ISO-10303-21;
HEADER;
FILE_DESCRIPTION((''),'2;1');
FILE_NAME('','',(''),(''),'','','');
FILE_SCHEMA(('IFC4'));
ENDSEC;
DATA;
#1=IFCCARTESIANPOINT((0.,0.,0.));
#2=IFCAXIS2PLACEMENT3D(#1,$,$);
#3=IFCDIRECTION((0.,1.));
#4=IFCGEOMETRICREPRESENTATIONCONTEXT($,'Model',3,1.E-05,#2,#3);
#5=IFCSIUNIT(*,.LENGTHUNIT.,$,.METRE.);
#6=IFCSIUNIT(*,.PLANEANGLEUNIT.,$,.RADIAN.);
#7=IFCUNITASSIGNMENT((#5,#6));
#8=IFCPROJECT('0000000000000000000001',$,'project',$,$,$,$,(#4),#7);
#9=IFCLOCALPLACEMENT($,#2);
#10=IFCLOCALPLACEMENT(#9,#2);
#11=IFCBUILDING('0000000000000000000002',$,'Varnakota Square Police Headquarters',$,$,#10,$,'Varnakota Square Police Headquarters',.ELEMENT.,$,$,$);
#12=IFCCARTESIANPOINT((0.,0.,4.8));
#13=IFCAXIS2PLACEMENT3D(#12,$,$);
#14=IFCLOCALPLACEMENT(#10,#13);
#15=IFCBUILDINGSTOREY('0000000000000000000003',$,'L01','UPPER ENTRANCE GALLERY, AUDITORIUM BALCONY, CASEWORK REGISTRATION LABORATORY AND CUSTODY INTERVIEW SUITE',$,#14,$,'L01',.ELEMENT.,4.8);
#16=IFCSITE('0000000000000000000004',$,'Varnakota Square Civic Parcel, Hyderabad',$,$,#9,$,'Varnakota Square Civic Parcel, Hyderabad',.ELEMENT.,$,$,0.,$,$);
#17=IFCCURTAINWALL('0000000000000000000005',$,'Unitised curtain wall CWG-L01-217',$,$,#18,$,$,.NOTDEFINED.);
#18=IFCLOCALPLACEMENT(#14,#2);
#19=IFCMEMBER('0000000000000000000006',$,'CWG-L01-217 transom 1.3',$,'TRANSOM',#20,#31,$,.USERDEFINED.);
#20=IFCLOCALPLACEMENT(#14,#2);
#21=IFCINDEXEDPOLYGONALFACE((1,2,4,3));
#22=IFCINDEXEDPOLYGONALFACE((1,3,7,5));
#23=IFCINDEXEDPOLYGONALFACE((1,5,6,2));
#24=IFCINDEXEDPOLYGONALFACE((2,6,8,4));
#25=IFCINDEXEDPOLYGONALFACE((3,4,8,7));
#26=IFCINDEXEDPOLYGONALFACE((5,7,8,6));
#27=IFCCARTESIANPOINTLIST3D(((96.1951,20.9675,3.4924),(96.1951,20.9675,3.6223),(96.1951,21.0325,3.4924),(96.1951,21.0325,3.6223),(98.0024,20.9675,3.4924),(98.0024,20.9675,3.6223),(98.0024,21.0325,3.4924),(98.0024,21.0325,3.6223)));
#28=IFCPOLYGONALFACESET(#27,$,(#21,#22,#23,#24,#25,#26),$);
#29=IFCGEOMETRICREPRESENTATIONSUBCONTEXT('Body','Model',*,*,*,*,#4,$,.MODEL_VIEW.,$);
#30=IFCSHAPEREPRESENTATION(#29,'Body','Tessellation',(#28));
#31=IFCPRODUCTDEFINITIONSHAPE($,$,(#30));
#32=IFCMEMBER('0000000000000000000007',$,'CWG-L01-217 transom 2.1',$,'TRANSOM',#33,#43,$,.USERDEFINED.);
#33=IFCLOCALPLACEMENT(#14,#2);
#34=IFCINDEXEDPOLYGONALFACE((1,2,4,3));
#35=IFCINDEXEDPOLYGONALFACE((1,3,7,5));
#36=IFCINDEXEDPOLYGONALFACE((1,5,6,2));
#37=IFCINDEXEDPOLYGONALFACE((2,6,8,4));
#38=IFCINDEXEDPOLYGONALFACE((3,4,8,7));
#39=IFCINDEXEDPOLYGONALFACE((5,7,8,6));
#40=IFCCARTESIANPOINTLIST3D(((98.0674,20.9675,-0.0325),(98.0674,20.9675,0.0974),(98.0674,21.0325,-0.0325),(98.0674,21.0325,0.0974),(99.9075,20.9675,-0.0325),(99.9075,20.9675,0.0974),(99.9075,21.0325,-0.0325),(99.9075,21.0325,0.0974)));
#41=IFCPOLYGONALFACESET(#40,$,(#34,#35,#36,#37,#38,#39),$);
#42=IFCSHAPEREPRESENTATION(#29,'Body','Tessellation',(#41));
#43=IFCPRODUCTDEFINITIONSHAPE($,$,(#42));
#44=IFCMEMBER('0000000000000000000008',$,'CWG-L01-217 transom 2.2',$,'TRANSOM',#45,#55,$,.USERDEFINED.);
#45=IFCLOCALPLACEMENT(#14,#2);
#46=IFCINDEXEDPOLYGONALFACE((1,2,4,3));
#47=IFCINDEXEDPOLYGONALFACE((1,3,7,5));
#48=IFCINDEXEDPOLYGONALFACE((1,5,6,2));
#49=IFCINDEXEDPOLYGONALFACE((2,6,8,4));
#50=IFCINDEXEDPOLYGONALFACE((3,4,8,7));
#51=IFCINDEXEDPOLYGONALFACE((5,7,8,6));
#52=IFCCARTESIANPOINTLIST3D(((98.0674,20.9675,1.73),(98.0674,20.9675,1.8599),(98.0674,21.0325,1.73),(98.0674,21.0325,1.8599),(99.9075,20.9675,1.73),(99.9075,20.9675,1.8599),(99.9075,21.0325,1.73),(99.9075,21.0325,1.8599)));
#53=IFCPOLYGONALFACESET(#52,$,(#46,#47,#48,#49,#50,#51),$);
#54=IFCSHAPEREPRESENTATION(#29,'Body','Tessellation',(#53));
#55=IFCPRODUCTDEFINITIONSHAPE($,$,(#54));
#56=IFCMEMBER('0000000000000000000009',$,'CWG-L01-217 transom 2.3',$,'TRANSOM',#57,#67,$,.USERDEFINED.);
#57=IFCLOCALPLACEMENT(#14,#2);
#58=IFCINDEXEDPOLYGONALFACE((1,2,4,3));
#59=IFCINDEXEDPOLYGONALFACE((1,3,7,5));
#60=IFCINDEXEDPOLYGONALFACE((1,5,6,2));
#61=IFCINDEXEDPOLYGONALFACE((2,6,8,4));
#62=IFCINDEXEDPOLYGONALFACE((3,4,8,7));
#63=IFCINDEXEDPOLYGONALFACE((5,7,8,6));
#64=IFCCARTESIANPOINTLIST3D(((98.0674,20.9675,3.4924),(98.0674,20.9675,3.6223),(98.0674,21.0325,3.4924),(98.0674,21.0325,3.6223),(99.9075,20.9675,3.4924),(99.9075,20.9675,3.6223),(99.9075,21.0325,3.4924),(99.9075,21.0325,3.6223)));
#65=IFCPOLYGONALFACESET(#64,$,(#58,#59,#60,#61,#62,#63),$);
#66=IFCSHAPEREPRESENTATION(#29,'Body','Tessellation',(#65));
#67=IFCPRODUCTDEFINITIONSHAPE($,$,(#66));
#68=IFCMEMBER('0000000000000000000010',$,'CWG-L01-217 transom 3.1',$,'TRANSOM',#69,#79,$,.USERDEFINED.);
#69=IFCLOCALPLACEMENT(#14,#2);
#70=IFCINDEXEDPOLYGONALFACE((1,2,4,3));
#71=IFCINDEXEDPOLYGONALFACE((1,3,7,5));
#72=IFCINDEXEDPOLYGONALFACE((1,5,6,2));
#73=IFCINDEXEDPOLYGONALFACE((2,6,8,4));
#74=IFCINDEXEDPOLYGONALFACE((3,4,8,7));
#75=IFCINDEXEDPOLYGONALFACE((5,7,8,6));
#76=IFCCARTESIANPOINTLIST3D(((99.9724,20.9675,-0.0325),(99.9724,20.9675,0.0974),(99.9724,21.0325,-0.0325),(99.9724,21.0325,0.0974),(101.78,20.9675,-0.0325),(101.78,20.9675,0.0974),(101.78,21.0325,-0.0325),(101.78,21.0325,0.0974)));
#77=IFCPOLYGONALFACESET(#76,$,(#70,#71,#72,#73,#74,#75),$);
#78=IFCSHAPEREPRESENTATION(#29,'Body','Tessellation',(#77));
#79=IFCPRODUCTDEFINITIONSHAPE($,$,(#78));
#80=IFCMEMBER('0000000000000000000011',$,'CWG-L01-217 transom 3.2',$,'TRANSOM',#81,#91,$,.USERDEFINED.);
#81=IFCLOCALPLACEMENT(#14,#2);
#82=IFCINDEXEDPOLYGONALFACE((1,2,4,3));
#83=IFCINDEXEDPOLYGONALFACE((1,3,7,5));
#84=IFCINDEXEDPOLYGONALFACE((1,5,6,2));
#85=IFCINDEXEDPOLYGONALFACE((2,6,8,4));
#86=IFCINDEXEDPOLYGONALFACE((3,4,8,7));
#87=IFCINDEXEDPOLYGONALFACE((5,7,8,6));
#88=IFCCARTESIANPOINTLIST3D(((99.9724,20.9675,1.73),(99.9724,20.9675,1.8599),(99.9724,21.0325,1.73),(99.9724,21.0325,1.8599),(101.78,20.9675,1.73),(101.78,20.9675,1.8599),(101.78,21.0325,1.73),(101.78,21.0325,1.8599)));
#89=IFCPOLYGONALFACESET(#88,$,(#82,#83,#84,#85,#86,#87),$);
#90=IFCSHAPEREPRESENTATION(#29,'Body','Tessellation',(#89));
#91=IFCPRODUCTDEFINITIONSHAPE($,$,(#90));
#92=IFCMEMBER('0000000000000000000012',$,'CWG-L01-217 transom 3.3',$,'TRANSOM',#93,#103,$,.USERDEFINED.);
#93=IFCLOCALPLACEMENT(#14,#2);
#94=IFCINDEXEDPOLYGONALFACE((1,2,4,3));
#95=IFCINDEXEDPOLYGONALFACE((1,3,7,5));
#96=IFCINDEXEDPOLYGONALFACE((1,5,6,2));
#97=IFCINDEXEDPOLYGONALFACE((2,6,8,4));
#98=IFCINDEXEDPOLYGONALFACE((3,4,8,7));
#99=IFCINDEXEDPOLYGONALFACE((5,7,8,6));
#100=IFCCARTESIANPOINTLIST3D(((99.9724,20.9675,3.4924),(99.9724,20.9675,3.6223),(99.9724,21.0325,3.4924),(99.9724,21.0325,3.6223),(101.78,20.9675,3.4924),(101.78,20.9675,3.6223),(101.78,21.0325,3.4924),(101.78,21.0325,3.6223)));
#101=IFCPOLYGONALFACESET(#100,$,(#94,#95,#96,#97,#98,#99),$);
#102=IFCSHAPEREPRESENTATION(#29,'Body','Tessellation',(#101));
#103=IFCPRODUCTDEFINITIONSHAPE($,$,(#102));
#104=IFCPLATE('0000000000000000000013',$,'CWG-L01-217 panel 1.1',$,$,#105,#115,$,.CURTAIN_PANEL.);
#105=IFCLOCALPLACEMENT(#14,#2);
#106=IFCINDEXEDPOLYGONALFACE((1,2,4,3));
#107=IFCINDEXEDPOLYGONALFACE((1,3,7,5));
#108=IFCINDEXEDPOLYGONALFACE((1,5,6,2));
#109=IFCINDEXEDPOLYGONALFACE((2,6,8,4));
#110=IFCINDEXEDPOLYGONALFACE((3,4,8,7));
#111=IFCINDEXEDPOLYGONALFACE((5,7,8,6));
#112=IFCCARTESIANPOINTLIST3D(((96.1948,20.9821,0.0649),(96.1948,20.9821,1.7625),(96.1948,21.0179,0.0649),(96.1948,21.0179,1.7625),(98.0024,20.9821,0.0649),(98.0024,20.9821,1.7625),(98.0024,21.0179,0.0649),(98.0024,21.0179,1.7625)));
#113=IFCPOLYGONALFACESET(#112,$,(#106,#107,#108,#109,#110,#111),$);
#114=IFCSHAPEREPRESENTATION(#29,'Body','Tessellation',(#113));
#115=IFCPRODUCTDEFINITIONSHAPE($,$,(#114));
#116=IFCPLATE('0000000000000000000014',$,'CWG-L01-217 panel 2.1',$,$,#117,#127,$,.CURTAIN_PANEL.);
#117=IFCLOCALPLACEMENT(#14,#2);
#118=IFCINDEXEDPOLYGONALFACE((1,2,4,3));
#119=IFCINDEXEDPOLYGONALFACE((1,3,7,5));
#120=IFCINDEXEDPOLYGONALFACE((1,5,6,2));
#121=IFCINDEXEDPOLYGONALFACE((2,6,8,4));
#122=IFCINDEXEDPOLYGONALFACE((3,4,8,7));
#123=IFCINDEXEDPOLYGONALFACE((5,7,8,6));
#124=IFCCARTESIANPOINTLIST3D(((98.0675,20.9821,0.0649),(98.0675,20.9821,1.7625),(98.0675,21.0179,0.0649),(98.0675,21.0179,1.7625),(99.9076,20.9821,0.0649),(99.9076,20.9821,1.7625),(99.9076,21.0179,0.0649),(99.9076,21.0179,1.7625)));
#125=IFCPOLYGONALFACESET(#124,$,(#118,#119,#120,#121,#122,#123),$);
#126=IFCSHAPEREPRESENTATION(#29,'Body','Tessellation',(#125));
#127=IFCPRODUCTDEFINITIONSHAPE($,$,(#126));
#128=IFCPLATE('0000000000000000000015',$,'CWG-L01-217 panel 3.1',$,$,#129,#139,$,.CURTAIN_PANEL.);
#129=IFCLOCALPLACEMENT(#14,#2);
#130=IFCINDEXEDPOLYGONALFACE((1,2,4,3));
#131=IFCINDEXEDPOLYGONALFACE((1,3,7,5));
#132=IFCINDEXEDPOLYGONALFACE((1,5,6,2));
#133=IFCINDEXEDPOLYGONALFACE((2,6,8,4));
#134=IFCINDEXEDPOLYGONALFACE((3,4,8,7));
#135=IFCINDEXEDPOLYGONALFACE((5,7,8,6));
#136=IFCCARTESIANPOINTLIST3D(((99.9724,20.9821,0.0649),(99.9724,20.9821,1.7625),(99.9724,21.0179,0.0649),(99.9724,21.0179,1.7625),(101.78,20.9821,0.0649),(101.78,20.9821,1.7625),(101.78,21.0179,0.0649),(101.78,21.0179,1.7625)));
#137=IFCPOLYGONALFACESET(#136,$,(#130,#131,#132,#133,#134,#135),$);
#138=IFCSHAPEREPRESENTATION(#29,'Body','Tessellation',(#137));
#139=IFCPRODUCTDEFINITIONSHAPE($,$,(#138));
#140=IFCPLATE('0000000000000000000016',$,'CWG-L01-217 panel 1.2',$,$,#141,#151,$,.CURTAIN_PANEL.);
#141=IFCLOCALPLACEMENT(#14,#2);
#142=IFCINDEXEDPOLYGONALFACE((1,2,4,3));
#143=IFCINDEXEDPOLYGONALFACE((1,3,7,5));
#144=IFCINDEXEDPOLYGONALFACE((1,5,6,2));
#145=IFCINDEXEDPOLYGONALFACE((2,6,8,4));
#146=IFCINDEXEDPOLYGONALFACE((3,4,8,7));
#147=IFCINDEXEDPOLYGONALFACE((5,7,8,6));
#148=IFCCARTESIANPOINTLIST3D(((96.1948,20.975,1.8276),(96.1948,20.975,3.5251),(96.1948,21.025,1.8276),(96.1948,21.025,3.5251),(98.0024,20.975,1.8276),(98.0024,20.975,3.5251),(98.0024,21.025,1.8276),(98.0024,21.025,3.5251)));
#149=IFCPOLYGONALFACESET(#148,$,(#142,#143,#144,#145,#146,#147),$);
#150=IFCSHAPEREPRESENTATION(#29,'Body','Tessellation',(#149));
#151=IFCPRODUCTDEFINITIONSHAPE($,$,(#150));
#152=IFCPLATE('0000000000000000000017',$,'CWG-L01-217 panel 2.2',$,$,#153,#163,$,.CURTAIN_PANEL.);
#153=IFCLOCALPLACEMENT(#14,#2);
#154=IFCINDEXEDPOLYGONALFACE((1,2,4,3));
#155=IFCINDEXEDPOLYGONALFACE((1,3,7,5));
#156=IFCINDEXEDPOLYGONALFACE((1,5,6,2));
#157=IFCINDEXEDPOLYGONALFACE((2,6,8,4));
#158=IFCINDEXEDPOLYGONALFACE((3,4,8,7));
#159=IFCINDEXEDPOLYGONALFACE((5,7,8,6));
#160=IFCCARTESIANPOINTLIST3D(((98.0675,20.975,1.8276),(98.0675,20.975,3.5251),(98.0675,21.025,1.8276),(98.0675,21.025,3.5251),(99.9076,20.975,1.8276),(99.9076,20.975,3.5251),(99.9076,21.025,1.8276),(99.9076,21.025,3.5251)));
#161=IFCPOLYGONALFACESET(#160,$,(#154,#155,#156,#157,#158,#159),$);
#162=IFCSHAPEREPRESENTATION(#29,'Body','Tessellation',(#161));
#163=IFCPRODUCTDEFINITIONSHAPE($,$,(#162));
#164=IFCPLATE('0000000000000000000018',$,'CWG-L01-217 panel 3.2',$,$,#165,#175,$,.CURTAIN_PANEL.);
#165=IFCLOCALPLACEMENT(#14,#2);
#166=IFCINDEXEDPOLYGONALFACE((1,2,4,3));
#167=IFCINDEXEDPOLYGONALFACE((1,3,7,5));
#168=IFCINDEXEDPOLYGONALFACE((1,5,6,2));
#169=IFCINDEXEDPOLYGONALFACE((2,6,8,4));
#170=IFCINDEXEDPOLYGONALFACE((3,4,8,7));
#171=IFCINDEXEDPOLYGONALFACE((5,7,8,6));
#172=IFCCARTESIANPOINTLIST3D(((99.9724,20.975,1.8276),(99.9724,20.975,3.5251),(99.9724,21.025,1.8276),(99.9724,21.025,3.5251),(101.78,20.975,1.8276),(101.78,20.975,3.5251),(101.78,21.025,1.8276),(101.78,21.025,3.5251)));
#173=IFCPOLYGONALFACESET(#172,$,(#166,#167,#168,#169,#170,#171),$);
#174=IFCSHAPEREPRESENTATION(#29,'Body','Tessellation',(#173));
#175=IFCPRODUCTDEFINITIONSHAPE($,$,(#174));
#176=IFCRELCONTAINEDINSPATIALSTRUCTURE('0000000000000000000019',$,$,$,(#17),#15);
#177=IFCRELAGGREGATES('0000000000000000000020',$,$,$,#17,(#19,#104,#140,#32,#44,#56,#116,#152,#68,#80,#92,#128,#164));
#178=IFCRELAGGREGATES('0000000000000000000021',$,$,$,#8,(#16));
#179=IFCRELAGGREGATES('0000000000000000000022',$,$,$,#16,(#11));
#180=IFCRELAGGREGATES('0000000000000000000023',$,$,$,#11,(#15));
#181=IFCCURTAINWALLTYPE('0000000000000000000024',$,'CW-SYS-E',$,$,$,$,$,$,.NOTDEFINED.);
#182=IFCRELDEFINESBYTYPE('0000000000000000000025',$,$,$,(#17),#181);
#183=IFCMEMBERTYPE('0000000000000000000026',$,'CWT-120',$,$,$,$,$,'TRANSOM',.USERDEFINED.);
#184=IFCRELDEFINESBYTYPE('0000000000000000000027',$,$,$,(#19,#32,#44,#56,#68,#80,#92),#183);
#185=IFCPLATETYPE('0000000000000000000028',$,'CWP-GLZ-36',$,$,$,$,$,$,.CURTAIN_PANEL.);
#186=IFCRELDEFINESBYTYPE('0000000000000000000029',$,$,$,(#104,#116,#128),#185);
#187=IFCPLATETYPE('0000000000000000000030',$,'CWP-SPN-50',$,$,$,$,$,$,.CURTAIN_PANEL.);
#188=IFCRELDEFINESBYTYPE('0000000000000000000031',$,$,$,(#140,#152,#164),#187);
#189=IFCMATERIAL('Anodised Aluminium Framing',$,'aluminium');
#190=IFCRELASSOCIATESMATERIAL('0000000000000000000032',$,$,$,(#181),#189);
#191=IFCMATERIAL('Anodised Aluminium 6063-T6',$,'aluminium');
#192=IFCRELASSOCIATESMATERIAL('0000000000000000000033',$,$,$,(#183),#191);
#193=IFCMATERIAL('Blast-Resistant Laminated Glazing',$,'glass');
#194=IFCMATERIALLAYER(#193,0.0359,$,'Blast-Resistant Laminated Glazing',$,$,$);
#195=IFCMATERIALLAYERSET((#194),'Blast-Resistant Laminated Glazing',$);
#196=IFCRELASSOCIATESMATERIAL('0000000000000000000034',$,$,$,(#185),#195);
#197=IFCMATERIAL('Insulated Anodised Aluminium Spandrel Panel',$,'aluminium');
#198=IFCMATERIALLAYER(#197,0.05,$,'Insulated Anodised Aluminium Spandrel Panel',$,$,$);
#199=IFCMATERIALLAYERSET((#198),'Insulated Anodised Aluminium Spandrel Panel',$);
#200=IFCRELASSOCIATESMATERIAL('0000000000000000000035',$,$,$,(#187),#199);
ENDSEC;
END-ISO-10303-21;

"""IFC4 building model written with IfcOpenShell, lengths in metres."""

from ifc_helpers import new_model, si_unit, direction, frame, origin, origin_2d, place, context, subcontext, project, spatial, rectangle, extrude, material, layer, layer_set, material_profile, profile_set, type_object, element, aggregate, save


model = new_model("IFC4")

# Units and contexts
model_context = context("Model", 3, precision=1e-05, world=origin(), true_north=direction((0.0, 1.0)))
body_context = subcontext(model_context, "Body", "Model", "MODEL_VIEW")
ifc_project = project(units=[si_unit("LENGTHUNIT", "METRE"), si_unit("PLANEANGLEUNIT", "RADIAN")], contexts=[model_context])

# Site, building, storey
site_placement = place(None, origin())
site = spatial("IfcSite", under=ifc_project, at=site_placement, Name="Varnakota Square Civic Parcel, Hyderabad", LongName="Varnakota Square Civic Parcel, Hyderabad", CompositionType="ELEMENT", RefElevation=0.0)
building_placement = place(site_placement, origin())
building = spatial("IfcBuilding", under=site, at=building_placement, Name="Varnakota Square Police Headquarters", LongName="Varnakota Square Police Headquarters", CompositionType="ELEMENT")
storey_placement = place(building_placement, frame((0.0, 0.0, 4.8)))
storey = spatial("IfcBuildingStorey", under=building, at=storey_placement, Name="L01", Description="UPPER ENTRANCE GALLERY, AUDITORIUM BALCONY, CASEWORK REGISTRATION LABORATORY AND CUSTODY INTERVIEW SUITE", LongName="L01", CompositionType="ELEMENT", Elevation=4.8)

# Shared definitions
ifc_material_1 = material(Name="Anodised Aluminium Framing", Category="aluminium")
ifc_material_2 = material(Name="Anodised Aluminium 6063-T6", Category="aluminium")

# Curtain wall
curtain_wall_type_1 = type_object("IfcCurtainWallType", Name="CW-SYS-E", PredefinedType="NOTDEFINED", material=ifc_material_1)
curtain_wall_1_placement = place(storey_placement, origin())
curtain_wall_1 = element("IfcCurtainWall", 1, at=curtain_wall_1_placement, inside=storey, type_object=curtain_wall_type_1, Name="Unitised curtain wall CWG-L01-217", PredefinedType="NOTDEFINED")

# Members
ifc_material_profile_1 = material_profile(ifc_material_2, rectangle(XDim=0.0649, YDim=0.1299, at=origin_2d()), Name="ALU TRANSOM 65x130")
ifc_profile_set_1 = profile_set([ifc_material_profile_1], Name="Anodised Aluminium 6063-T6")
member_type_1 = type_object("IfcMemberType", Name="CWT-120", ElementType="TRANSOM", PredefinedType="USERDEFINED", material=ifc_profile_set_1)
member_1_placement = place(storey_placement, frame((96.1951, 21.0, 3.5574), z_axis=(1.0, 0.0, 0.0), x_axis=(0.0, 1.0, 0.0)))
member_1 = element("IfcMember", 2, at=member_1_placement, type_object=member_type_1, Name="CWG-L01-217 transom 1.3", ObjectType="TRANSOM", PredefinedType="USERDEFINED", context=body_context, shape_type="SweptSolid", body=[
    extrude(rectangle(XDim=0.0649, YDim=0.1299, at=origin_2d()), origin(), (0.0, 0.0, 1.0), 1.8074),
])
member_2_placement = place(storey_placement, frame((98.0674, 21.0, 0.0325), z_axis=(1.0, 0.0, 0.0), x_axis=(0.0, 1.0, 0.0)))
member_2 = element("IfcMember", 3, at=member_2_placement, type_object=member_type_1, Name="CWG-L01-217 transom 2.1", ObjectType="TRANSOM", PredefinedType="USERDEFINED", context=body_context, shape_type="SweptSolid", body=[
    extrude(rectangle(XDim=0.0649, YDim=0.1299, at=origin_2d()), origin(), (0.0, 0.0, 1.0), 1.8401),
])
member_3_placement = place(storey_placement, frame((98.0674, 21.0, 1.7949), z_axis=(1.0, 0.0, 0.0), x_axis=(0.0, 1.0, 0.0)))
member_3 = element("IfcMember", 4, at=member_3_placement, type_object=member_type_1, Name="CWG-L01-217 transom 2.2", ObjectType="TRANSOM", PredefinedType="USERDEFINED", context=body_context, shape_type="SweptSolid", body=[
    extrude(rectangle(XDim=0.0649, YDim=0.1299, at=origin_2d()), origin(), (0.0, 0.0, 1.0), 1.8401),
])
member_4_placement = place(storey_placement, frame((98.0674, 21.0, 3.5574), z_axis=(1.0, 0.0, 0.0), x_axis=(0.0, 1.0, 0.0)))
member_4 = element("IfcMember", 5, at=member_4_placement, type_object=member_type_1, Name="CWG-L01-217 transom 2.3", ObjectType="TRANSOM", PredefinedType="USERDEFINED", context=body_context, shape_type="SweptSolid", body=[
    extrude(rectangle(XDim=0.0649, YDim=0.1299, at=origin_2d()), origin(), (0.0, 0.0, 1.0), 1.8401),
])
member_5_placement = place(storey_placement, frame((99.9724, 21.0, 0.0325), z_axis=(1.0, 0.0, 0.0), x_axis=(0.0, 1.0, 0.0)))
member_5 = element("IfcMember", 6, at=member_5_placement, type_object=member_type_1, Name="CWG-L01-217 transom 3.1", ObjectType="TRANSOM", PredefinedType="USERDEFINED", context=body_context, shape_type="SweptSolid", body=[
    extrude(rectangle(XDim=0.0649, YDim=0.1299, at=origin_2d()), origin(), (0.0, 0.0, 1.0), 1.8076),
])
member_6_placement = place(storey_placement, frame((99.9724, 21.0, 1.7949), z_axis=(1.0, 0.0, 0.0), x_axis=(0.0, 1.0, 0.0)))
member_6 = element("IfcMember", 7, at=member_6_placement, type_object=member_type_1, Name="CWG-L01-217 transom 3.2", ObjectType="TRANSOM", PredefinedType="USERDEFINED", context=body_context, shape_type="SweptSolid", body=[
    extrude(rectangle(XDim=0.0649, YDim=0.1299, at=origin_2d()), origin(), (0.0, 0.0, 1.0), 1.8076),
])
member_7_placement = place(storey_placement, frame((99.9724, 21.0, 3.5574), z_axis=(1.0, 0.0, 0.0), x_axis=(0.0, 1.0, 0.0)))
member_7 = element("IfcMember", 8, at=member_7_placement, type_object=member_type_1, Name="CWG-L01-217 transom 3.3", ObjectType="TRANSOM", PredefinedType="USERDEFINED", context=body_context, shape_type="SweptSolid", body=[
    extrude(rectangle(XDim=0.0649, YDim=0.1299, at=origin_2d()), origin(), (0.0, 0.0, 1.0), 1.8076),
])

# Plates
ifc_material_3 = material(Name="Blast-Resistant Laminated Glazing", Category="glass")
ifc_layer_1 = layer(ifc_material_3, 0.0359, Name="Blast-Resistant Laminated Glazing")
ifc_layer_set_1 = layer_set([ifc_layer_1], Name="Blast-Resistant Laminated Glazing")
plate_type_1 = type_object("IfcPlateType", Name="CWP-GLZ-36", PredefinedType="CURTAIN_PANEL", material=ifc_layer_set_1)
plate_1_placement = place(storey_placement, frame((97.0986, 21.0, 0.0649), z_axis=(0.0, 0.0, 1.0), x_axis=(1.0, 0.0, 0.0)))
plate_1 = element("IfcPlate", 9, at=plate_1_placement, type_object=plate_type_1, Name="CWG-L01-217 panel 1.1", PredefinedType="CURTAIN_PANEL", context=body_context, shape_type="SweptSolid", body=[
    extrude(rectangle(XDim=1.8076, YDim=0.0359, at=origin_2d()), origin(), (0.0, 0.0, 1.0), 1.6975),
])
plate_2_placement = place(storey_placement, frame((98.9875, 21.0, 0.0649), z_axis=(0.0, 0.0, 1.0), x_axis=(1.0, 0.0, 0.0)))
plate_2 = element("IfcPlate", 10, at=plate_2_placement, type_object=plate_type_1, Name="CWG-L01-217 panel 2.1", PredefinedType="CURTAIN_PANEL", context=body_context, shape_type="SweptSolid", body=[
    extrude(rectangle(XDim=1.8401, YDim=0.0359, at=origin_2d()), origin(), (0.0, 0.0, 1.0), 1.6975),
])
plate_3_placement = place(storey_placement, frame((100.8762, 21.0, 0.0649), z_axis=(0.0, 0.0, 1.0), x_axis=(1.0, 0.0, 0.0)))
plate_3 = element("IfcPlate", 11, at=plate_3_placement, type_object=plate_type_1, Name="CWG-L01-217 panel 3.1", PredefinedType="CURTAIN_PANEL", context=body_context, shape_type="SweptSolid", body=[
    extrude(rectangle(XDim=1.8076, YDim=0.0359, at=origin_2d()), origin(), (0.0, 0.0, 1.0), 1.6975),
])
ifc_material_4 = material(Name="Insulated Anodised Aluminium Spandrel Panel", Category="aluminium")
ifc_layer_2 = layer(ifc_material_4, 0.05, Name="Insulated Anodised Aluminium Spandrel Panel")
ifc_layer_set_2 = layer_set([ifc_layer_2], Name="Insulated Anodised Aluminium Spandrel Panel")
plate_type_2 = type_object("IfcPlateType", Name="CWP-SPN-50", PredefinedType="CURTAIN_PANEL", material=ifc_layer_set_2)
plate_4_placement = place(storey_placement, frame((97.0986, 21.0, 1.8276), z_axis=(0.0, 0.0, 1.0), x_axis=(1.0, 0.0, 0.0)))
plate_4 = element("IfcPlate", 12, at=plate_4_placement, type_object=plate_type_2, Name="CWG-L01-217 panel 1.2", PredefinedType="CURTAIN_PANEL", context=body_context, shape_type="SweptSolid", body=[
    extrude(rectangle(XDim=1.8076, YDim=0.05, at=origin_2d()), origin(), (0.0, 0.0, 1.0), 1.6975),
])
plate_5_placement = place(storey_placement, frame((98.9875, 21.0, 1.8276), z_axis=(0.0, 0.0, 1.0), x_axis=(1.0, 0.0, 0.0)))
plate_5 = element("IfcPlate", 13, at=plate_5_placement, type_object=plate_type_2, Name="CWG-L01-217 panel 2.2", PredefinedType="CURTAIN_PANEL", context=body_context, shape_type="SweptSolid", body=[
    extrude(rectangle(XDim=1.8401, YDim=0.05, at=origin_2d()), origin(), (0.0, 0.0, 1.0), 1.6975),
])
plate_6_placement = place(storey_placement, frame((100.8762, 21.0, 1.8276), z_axis=(0.0, 0.0, 1.0), x_axis=(1.0, 0.0, 0.0)))
plate_6 = element("IfcPlate", 14, at=plate_6_placement, type_object=plate_type_2, Name="CWG-L01-217 panel 3.2", PredefinedType="CURTAIN_PANEL", context=body_context, shape_type="SweptSolid", body=[
    extrude(rectangle(XDim=1.8076, YDim=0.05, at=origin_2d()), origin(), (0.0, 0.0, 1.0), 1.6975),
])
aggregate(curtain_wall_1, [member_1, plate_1, plate_4, member_2, member_3, member_4, plate_2, plate_5, member_5, member_6, member_7, plate_3, plate_6])

save(model, "model.ifc")
